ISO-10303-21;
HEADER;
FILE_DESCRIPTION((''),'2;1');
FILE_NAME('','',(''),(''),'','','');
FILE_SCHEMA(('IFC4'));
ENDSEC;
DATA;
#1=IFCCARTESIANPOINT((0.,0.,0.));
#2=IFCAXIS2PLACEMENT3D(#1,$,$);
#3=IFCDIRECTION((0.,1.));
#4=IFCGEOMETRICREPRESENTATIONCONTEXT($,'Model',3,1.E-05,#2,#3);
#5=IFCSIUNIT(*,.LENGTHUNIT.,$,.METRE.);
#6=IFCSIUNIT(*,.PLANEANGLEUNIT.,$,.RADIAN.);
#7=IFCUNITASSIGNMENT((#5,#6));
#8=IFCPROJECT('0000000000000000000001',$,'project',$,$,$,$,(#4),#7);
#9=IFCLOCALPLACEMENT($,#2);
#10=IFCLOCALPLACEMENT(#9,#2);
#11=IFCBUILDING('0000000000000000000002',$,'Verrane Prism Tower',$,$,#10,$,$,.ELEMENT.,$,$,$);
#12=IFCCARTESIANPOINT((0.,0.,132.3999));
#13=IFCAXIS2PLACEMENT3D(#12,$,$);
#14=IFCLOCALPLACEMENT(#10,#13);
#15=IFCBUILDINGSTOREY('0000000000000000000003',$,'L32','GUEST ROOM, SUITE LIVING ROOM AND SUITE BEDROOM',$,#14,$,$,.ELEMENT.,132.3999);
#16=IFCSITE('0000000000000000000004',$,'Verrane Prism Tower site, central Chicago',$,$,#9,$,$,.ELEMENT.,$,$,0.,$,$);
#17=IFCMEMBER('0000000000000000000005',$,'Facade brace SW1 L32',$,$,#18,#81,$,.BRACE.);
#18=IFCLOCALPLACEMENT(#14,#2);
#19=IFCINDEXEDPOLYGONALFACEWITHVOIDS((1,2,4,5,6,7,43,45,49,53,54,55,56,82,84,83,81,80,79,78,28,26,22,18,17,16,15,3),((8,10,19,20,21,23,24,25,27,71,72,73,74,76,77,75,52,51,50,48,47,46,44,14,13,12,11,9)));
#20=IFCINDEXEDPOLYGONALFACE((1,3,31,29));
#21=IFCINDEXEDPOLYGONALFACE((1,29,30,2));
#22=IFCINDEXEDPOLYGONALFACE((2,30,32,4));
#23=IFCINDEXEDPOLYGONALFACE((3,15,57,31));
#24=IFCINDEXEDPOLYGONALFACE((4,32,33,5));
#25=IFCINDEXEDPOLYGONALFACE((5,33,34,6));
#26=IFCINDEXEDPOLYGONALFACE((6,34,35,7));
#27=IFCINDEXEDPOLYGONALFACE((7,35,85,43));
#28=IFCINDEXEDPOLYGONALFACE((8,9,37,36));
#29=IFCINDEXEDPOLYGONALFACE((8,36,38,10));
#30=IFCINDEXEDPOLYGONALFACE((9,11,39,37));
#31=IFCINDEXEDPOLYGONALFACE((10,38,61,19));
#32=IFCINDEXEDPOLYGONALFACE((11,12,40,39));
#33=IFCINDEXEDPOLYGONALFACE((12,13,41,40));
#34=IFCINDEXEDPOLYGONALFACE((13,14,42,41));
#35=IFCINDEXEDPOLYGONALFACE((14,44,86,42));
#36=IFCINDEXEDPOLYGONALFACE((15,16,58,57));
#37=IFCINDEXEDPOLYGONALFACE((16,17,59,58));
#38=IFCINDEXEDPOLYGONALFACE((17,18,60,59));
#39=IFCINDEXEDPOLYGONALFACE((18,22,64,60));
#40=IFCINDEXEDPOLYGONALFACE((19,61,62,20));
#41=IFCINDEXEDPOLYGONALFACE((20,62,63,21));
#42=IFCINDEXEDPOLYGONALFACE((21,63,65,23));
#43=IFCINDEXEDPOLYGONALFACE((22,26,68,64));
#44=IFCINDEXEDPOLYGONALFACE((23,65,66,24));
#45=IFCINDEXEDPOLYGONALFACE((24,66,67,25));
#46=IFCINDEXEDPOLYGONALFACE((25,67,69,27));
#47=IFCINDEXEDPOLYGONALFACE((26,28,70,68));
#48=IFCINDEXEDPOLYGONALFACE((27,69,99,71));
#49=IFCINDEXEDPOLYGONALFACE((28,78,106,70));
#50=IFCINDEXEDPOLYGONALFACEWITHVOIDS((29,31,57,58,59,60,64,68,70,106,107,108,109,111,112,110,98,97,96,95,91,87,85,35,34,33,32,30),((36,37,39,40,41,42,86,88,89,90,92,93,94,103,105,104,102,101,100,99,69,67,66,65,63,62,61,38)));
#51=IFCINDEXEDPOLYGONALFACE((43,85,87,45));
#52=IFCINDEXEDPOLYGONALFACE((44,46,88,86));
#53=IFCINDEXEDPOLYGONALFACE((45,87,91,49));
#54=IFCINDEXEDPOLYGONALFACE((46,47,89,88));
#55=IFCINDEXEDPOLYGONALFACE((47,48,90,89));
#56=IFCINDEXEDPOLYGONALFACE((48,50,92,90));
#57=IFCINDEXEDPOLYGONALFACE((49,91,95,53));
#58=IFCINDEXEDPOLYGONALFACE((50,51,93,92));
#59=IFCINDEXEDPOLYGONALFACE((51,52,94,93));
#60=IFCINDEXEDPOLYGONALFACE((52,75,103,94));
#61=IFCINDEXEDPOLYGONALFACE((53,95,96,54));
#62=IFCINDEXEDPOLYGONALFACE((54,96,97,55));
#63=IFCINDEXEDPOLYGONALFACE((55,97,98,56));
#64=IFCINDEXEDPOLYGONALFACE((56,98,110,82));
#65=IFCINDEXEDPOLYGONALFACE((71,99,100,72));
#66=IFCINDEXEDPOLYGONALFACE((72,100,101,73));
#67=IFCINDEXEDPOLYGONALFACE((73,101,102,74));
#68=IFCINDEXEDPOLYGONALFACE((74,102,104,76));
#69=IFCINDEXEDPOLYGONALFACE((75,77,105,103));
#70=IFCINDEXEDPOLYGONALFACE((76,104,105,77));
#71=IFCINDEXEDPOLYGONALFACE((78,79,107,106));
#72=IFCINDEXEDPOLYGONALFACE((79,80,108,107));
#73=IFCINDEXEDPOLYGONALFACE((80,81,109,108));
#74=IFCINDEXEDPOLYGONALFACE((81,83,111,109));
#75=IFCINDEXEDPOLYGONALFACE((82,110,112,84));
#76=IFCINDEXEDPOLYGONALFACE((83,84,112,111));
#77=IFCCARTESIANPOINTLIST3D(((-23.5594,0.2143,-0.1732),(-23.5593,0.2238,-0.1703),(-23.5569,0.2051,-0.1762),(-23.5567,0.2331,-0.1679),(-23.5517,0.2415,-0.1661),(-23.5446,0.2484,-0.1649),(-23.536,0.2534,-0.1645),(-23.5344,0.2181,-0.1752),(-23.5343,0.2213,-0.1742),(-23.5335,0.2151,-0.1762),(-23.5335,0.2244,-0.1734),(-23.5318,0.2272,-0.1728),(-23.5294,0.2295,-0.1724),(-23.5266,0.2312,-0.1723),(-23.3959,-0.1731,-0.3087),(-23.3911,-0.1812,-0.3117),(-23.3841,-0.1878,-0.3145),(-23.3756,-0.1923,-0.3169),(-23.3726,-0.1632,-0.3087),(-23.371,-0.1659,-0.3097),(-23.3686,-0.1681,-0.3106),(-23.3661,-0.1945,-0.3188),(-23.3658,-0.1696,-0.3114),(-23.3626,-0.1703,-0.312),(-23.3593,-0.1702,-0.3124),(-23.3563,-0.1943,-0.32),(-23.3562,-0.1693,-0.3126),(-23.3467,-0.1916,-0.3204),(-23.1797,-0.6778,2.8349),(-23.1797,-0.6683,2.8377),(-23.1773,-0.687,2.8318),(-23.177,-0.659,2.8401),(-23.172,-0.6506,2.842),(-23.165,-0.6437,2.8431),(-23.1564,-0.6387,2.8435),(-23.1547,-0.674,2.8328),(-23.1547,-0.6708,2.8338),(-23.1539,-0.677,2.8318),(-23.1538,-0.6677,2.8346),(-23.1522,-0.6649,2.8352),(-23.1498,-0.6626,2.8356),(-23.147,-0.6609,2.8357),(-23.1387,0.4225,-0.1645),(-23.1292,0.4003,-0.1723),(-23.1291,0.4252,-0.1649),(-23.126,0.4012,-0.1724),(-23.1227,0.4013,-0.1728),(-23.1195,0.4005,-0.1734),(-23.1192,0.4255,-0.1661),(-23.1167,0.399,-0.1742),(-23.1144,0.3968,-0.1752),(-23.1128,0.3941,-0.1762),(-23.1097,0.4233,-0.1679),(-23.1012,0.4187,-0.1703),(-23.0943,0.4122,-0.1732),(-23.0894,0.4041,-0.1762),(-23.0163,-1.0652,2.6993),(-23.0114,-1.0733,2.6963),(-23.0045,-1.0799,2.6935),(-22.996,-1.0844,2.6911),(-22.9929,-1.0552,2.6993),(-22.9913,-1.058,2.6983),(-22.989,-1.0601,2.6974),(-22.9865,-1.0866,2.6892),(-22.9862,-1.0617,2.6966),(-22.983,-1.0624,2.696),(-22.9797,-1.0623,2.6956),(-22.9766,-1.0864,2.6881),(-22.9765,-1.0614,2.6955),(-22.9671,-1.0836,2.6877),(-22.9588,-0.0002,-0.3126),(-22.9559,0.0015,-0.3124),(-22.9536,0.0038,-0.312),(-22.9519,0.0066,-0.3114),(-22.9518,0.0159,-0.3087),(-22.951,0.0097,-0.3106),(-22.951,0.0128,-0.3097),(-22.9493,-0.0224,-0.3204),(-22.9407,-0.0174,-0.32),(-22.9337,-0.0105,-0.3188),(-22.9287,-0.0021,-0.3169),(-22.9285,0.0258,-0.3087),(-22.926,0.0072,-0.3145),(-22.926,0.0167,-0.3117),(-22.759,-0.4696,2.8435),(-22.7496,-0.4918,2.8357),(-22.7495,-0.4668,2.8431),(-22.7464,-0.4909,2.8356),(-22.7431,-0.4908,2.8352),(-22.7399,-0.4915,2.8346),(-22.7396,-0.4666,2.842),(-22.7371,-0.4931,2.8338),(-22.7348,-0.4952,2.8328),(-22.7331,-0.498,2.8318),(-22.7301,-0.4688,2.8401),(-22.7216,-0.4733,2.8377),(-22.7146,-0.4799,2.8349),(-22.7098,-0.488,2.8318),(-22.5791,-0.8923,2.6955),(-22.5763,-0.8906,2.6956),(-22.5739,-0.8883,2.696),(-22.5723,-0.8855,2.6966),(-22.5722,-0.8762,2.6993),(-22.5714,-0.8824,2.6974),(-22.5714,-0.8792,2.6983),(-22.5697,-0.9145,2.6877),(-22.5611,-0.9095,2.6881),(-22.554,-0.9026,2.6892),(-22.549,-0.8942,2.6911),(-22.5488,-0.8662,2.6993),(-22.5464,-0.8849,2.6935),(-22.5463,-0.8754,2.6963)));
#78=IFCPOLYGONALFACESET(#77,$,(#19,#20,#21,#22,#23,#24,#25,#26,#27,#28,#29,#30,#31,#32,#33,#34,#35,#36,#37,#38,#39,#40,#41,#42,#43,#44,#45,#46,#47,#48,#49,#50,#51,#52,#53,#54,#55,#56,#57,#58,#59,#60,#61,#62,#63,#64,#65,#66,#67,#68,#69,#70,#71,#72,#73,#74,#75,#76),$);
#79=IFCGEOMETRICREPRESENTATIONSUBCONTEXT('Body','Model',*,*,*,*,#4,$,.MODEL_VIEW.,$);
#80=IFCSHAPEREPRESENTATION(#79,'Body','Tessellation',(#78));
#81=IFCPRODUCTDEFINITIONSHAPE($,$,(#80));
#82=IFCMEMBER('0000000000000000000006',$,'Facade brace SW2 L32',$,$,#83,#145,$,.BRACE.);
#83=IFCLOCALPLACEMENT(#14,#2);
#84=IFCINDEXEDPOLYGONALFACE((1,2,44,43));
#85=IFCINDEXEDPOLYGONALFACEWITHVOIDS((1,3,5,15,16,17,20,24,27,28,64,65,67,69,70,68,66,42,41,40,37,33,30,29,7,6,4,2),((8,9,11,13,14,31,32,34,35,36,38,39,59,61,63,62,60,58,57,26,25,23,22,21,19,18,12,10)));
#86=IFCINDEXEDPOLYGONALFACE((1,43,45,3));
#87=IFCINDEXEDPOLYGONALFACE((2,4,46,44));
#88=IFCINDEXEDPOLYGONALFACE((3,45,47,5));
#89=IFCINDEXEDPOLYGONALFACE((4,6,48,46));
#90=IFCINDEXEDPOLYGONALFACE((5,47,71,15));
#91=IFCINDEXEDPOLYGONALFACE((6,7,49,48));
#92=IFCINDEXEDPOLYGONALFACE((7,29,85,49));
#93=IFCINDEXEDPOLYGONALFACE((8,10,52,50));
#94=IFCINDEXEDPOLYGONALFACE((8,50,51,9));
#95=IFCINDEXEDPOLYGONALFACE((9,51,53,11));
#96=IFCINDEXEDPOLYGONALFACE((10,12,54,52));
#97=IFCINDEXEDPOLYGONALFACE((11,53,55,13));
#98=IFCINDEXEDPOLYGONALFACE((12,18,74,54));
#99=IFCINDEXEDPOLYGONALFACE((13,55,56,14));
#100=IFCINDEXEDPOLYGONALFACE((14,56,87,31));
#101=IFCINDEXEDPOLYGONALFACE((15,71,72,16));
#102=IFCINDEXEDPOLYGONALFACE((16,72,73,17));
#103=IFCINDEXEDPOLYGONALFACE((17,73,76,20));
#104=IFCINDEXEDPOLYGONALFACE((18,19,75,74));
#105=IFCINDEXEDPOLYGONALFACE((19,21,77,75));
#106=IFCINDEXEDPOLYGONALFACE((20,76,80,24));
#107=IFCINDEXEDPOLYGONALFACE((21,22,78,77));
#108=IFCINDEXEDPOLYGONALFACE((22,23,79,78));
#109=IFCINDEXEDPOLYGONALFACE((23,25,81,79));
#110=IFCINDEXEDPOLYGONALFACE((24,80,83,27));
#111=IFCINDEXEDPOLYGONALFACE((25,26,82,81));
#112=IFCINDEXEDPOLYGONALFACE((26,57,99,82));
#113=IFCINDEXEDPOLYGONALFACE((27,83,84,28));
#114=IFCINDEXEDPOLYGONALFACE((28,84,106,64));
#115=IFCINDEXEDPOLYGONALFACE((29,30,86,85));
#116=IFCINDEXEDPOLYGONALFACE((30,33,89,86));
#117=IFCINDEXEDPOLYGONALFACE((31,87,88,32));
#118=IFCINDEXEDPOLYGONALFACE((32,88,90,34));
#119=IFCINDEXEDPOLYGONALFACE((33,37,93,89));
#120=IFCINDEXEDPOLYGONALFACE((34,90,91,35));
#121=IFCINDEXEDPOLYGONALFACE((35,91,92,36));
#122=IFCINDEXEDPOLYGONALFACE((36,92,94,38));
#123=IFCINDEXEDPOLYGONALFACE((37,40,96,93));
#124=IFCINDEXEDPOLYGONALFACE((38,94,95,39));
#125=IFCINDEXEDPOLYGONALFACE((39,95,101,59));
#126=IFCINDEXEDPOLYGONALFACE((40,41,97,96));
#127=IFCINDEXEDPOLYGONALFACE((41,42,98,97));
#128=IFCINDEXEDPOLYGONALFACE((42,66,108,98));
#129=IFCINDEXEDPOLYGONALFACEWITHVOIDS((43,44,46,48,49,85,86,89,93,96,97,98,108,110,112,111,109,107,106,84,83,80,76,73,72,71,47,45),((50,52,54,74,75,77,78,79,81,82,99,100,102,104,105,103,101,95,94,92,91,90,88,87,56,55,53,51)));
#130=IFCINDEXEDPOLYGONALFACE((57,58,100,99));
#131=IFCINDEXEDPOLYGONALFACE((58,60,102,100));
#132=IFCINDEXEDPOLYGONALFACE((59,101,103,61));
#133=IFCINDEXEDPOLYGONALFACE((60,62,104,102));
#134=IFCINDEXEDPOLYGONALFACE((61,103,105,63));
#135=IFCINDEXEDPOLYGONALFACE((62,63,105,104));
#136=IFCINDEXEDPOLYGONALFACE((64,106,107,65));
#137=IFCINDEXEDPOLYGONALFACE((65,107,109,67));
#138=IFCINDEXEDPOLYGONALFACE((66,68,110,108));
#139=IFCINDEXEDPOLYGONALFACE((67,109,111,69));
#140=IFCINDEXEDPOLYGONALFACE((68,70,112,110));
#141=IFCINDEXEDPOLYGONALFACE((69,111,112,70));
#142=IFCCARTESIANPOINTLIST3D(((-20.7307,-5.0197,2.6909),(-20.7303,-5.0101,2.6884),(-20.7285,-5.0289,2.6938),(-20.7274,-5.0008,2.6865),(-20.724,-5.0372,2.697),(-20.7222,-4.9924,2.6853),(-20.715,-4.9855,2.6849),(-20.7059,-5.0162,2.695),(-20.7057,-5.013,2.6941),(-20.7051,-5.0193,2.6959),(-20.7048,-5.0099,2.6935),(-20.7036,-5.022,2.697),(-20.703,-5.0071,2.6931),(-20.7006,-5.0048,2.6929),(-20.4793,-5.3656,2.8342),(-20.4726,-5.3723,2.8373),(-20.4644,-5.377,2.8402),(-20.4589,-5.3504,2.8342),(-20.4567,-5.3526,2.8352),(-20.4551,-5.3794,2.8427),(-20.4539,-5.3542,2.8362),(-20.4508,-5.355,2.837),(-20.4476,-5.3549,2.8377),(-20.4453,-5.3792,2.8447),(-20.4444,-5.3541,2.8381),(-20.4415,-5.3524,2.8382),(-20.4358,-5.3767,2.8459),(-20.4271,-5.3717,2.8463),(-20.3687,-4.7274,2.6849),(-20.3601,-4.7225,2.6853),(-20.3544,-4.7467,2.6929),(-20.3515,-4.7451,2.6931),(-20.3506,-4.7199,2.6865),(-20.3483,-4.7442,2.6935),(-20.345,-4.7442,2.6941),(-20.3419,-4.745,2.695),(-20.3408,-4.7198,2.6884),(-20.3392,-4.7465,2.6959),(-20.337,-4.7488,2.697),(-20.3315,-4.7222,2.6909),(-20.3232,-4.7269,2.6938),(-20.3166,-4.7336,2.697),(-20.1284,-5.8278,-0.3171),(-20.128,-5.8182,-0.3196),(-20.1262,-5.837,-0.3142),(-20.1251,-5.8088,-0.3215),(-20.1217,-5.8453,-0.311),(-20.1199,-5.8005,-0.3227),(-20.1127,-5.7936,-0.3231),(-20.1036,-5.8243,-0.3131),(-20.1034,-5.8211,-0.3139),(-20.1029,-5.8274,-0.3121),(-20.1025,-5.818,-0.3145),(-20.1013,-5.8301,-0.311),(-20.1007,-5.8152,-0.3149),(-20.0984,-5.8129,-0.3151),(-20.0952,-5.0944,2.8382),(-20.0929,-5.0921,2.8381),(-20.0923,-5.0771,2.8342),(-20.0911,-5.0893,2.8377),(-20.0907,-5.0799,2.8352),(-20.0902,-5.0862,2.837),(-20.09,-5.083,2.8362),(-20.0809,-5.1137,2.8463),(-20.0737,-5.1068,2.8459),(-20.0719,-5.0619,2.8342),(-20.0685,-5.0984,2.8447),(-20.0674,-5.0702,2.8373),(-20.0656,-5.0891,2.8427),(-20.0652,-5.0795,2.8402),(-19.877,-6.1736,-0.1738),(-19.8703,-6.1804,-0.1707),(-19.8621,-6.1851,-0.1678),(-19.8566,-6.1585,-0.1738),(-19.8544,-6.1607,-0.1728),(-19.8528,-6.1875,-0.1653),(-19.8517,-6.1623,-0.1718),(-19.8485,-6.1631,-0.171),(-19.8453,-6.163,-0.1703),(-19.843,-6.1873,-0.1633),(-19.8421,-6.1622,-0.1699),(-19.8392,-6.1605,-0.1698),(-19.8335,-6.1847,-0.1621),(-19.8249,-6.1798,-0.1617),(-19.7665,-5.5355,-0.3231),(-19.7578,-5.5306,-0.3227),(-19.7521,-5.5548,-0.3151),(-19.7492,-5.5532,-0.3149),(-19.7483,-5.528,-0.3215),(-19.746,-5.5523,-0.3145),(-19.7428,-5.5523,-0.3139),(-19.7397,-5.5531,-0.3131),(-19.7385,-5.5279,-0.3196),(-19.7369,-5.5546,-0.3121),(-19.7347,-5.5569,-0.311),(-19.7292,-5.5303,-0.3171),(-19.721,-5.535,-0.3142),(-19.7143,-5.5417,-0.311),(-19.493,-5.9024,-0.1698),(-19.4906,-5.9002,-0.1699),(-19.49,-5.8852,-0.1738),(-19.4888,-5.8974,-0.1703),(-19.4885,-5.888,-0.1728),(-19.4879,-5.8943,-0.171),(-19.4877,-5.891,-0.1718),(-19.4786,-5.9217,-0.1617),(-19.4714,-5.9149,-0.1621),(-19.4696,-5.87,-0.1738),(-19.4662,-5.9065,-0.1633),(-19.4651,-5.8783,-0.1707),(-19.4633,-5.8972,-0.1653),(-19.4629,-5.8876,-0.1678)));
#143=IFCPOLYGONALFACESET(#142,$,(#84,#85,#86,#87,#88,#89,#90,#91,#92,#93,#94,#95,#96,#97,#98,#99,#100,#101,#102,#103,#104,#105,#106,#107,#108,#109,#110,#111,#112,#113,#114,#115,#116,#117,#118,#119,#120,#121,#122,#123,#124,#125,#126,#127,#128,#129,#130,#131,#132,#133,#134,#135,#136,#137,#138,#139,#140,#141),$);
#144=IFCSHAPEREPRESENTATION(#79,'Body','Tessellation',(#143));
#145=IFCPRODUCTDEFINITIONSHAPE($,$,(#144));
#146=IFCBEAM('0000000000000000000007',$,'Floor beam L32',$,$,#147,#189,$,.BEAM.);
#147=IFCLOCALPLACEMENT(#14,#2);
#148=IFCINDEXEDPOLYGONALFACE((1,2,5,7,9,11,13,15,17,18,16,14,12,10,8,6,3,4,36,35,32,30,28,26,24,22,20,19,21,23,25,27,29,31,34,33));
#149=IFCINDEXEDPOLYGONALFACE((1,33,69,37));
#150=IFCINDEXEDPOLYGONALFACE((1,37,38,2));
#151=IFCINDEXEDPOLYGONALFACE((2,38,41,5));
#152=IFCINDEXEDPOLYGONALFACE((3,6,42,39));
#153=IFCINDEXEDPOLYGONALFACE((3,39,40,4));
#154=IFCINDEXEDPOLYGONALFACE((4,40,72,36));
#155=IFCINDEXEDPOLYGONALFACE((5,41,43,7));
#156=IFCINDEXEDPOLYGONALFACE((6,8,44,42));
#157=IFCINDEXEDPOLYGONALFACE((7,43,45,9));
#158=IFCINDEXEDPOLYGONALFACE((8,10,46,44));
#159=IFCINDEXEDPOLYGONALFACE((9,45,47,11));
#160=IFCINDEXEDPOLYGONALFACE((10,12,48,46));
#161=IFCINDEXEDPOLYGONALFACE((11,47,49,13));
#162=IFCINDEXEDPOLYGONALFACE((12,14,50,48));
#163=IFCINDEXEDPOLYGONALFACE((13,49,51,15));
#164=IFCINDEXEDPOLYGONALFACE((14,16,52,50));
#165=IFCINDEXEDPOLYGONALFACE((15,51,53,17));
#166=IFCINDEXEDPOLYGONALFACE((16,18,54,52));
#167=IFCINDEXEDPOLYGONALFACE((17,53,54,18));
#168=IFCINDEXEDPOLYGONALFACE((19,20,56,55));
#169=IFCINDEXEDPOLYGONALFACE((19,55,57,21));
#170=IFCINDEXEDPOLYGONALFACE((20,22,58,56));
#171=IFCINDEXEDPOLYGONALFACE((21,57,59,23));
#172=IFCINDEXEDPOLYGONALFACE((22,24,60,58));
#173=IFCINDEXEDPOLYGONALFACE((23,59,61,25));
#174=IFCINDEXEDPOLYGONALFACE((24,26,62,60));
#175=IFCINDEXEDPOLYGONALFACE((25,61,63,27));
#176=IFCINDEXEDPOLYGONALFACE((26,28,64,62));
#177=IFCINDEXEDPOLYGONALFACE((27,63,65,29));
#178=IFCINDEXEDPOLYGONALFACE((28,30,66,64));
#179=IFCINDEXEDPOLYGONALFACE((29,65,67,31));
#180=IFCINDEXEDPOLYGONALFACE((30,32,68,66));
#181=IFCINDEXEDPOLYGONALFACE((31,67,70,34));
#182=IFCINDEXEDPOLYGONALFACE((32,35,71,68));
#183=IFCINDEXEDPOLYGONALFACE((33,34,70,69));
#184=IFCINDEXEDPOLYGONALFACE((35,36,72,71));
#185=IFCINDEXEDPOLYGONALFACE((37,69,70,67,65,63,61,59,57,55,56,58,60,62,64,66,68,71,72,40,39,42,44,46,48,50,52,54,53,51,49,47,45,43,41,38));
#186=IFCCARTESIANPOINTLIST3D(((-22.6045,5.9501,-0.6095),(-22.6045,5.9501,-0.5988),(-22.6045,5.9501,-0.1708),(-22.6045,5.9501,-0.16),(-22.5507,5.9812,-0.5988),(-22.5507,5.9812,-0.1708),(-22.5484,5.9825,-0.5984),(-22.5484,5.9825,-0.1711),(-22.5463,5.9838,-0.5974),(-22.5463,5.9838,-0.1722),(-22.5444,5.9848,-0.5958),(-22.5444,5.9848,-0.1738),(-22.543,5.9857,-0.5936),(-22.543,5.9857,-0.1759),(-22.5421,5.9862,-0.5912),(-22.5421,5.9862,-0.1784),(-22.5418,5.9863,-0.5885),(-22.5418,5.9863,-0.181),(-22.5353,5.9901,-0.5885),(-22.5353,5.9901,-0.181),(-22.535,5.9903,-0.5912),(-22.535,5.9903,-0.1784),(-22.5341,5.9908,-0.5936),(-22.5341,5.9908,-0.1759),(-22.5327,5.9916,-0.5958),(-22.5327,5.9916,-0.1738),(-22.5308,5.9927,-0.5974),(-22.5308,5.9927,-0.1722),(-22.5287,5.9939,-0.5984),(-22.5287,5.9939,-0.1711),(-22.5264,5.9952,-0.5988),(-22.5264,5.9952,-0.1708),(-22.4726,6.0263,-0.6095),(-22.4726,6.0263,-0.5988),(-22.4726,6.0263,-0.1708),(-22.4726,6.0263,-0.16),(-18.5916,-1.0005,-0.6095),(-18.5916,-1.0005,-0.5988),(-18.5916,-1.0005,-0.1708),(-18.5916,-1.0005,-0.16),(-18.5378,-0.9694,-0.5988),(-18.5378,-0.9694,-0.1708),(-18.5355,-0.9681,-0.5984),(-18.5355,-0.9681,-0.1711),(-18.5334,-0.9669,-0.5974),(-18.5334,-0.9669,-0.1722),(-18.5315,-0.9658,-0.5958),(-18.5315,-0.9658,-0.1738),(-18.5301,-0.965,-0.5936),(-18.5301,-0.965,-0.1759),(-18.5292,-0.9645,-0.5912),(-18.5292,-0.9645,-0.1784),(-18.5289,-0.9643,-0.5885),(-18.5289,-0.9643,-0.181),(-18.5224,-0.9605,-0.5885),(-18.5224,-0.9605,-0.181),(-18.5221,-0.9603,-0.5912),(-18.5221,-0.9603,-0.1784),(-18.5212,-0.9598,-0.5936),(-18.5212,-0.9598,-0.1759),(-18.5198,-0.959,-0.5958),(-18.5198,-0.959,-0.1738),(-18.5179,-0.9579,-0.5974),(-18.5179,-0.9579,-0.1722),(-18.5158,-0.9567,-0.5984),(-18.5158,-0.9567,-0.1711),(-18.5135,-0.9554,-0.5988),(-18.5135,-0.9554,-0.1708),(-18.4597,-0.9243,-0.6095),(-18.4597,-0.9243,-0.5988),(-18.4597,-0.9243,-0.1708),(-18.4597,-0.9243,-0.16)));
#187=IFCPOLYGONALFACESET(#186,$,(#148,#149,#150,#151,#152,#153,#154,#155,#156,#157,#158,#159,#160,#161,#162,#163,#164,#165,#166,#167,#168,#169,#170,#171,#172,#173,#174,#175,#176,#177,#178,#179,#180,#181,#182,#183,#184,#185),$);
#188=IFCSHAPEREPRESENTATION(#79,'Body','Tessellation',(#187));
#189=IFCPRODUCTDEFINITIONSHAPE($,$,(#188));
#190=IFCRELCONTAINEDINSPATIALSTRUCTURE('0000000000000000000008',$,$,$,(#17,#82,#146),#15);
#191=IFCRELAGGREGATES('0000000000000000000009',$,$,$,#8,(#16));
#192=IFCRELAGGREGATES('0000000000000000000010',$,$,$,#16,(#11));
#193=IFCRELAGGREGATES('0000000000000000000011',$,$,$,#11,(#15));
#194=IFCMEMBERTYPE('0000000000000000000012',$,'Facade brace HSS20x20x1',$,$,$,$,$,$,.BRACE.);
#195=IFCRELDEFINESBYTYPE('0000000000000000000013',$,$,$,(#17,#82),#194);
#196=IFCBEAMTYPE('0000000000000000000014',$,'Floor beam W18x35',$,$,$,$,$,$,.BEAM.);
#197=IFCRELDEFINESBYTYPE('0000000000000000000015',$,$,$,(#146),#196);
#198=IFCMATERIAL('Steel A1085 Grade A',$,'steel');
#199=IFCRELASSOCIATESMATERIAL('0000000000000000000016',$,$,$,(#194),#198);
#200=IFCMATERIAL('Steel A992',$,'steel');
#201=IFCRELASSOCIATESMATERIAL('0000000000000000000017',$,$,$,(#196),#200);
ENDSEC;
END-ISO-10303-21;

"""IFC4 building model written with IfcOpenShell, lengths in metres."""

from ifc_helpers import new_model, si_unit, direction, frame, origin, origin_2d, place, context, subcontext, project, spatial, hollow_rectangle, i_section, extrude, material, material_profile, profile_set, type_object, element, save


model = new_model("IFC4")

# Units and contexts
model_context = context("Model", 3, precision=1e-05, world=origin(), true_north=direction((0.0, 1.0)))
body_context = subcontext(model_context, "Body", "Model", "MODEL_VIEW")
ifc_project = project(units=[si_unit("LENGTHUNIT", "METRE"), si_unit("PLANEANGLEUNIT", "RADIAN")], contexts=[model_context])

# Site, building, storey
site_placement = place(None, origin())
site = spatial("IfcSite", under=ifc_project, at=site_placement, Name="Verrane Prism Tower site, central Chicago", CompositionType="ELEMENT", RefElevation=0.0)
building_placement = place(site_placement, origin())
building = spatial("IfcBuilding", under=site, at=building_placement, Name="Verrane Prism Tower", CompositionType="ELEMENT")
storey_placement = place(building_placement, frame((0.0, 0.0, 132.3999)))
storey = spatial("IfcBuildingStorey", under=building, at=storey_placement, Name="L32", Description="GUEST ROOM, SUITE LIVING ROOM AND SUITE BEDROOM", CompositionType="ELEMENT", Elevation=132.3999)

# Members
ifc_material_1 = material(Name="Steel A1085 Grade A", Category="steel")
ifc_material_profile_1 = material_profile(ifc_material_1, hollow_rectangle(XDim=0.5081, YDim=0.5081, WallThickness=0.0254, InnerFilletRadius=0.0127, OuterFilletRadius=0.0381, at=origin_2d()), Name="HSS20x20x1")
ifc_profile_set_1 = profile_set([ifc_material_profile_1], Name="Steel A1085 Grade A")
member_type_1 = type_object("IfcMemberType", Name="Facade brace HSS20x20x1", PredefinedType="BRACE", material=ifc_profile_set_1)
member_1_placement = place(storey_placement, frame((-23.2427, 0.1155, -0.2424), z_axis=(0.120122, -0.282268, 0.951785), x_axis=(0.920145, 0.391578, 0.0)))
element("IfcMember", 1, at=member_1_placement, inside=storey, type_object=member_type_1, Name="Facade brace SW1 L32", PredefinedType="BRACE", context=body_context, shape_type="SweptSolid", body=[
    extrude(hollow_rectangle(XDim=0.5081, YDim=0.5081, WallThickness=0.0254, InnerFilletRadius=0.0127, OuterFilletRadius=0.0381, at=origin_2d()), origin(), (0.0, 0.0, 1.0), 3.1604),
])
member_2_placement = place(storey_placement, frame((-19.7957, -5.8577, -0.2424), z_axis=(-0.189854, 0.254729, 0.948192), x_axis=(-0.801799, -0.597594, 0.0)))
element("IfcMember", 2, at=member_2_placement, inside=storey, type_object=member_type_1, Name="Facade brace SW2 L32", PredefinedType="BRACE", context=body_context, shape_type="SweptSolid", body=[
    extrude(hollow_rectangle(XDim=0.5081, YDim=0.5081, WallThickness=0.0254, InnerFilletRadius=0.0127, OuterFilletRadius=0.0381, at=origin_2d()), origin(), (0.0, 0.0, 1.0), 3.1724),
])

# Beam
ifc_material_2 = material(Name="Steel A992", Category="steel")
ifc_material_profile_2 = material_profile(ifc_material_2, i_section(OverallWidth=0.1523, OverallDepth=0.4495, WebThickness=0.0076, FlangeThickness=0.0107, FilletRadius=0.0103, at=origin_2d()), Name="W18x35")
ifc_profile_set_2 = profile_set([ifc_material_profile_2], Name="Steel A992")
beam_type_1 = type_object("IfcBeamType", Name="Floor beam W18x35", PredefinedType="BEAM", material=ifc_profile_set_2)
beam_1_placement = place(storey_placement, frame((-18.5256, -0.9624, -0.3848), z_axis=(-0.499996, 0.866028, 0.0), x_axis=(-0.866028, -0.499996, 0.0)))
element("IfcBeam", 3, at=beam_1_placement, inside=storey, type_object=beam_type_1, Name="Floor beam L32", PredefinedType="BEAM", context=body_context, shape_type="SweptSolid", body=[
    extrude(i_section(OverallWidth=0.1523, OverallDepth=0.4495, WebThickness=0.0076, FlangeThickness=0.0107, FilletRadius=0.0103, at=origin_2d()), origin(), (0.0, 0.0, 1.0), 8.0259),
])

save(model, "model.ifc")
